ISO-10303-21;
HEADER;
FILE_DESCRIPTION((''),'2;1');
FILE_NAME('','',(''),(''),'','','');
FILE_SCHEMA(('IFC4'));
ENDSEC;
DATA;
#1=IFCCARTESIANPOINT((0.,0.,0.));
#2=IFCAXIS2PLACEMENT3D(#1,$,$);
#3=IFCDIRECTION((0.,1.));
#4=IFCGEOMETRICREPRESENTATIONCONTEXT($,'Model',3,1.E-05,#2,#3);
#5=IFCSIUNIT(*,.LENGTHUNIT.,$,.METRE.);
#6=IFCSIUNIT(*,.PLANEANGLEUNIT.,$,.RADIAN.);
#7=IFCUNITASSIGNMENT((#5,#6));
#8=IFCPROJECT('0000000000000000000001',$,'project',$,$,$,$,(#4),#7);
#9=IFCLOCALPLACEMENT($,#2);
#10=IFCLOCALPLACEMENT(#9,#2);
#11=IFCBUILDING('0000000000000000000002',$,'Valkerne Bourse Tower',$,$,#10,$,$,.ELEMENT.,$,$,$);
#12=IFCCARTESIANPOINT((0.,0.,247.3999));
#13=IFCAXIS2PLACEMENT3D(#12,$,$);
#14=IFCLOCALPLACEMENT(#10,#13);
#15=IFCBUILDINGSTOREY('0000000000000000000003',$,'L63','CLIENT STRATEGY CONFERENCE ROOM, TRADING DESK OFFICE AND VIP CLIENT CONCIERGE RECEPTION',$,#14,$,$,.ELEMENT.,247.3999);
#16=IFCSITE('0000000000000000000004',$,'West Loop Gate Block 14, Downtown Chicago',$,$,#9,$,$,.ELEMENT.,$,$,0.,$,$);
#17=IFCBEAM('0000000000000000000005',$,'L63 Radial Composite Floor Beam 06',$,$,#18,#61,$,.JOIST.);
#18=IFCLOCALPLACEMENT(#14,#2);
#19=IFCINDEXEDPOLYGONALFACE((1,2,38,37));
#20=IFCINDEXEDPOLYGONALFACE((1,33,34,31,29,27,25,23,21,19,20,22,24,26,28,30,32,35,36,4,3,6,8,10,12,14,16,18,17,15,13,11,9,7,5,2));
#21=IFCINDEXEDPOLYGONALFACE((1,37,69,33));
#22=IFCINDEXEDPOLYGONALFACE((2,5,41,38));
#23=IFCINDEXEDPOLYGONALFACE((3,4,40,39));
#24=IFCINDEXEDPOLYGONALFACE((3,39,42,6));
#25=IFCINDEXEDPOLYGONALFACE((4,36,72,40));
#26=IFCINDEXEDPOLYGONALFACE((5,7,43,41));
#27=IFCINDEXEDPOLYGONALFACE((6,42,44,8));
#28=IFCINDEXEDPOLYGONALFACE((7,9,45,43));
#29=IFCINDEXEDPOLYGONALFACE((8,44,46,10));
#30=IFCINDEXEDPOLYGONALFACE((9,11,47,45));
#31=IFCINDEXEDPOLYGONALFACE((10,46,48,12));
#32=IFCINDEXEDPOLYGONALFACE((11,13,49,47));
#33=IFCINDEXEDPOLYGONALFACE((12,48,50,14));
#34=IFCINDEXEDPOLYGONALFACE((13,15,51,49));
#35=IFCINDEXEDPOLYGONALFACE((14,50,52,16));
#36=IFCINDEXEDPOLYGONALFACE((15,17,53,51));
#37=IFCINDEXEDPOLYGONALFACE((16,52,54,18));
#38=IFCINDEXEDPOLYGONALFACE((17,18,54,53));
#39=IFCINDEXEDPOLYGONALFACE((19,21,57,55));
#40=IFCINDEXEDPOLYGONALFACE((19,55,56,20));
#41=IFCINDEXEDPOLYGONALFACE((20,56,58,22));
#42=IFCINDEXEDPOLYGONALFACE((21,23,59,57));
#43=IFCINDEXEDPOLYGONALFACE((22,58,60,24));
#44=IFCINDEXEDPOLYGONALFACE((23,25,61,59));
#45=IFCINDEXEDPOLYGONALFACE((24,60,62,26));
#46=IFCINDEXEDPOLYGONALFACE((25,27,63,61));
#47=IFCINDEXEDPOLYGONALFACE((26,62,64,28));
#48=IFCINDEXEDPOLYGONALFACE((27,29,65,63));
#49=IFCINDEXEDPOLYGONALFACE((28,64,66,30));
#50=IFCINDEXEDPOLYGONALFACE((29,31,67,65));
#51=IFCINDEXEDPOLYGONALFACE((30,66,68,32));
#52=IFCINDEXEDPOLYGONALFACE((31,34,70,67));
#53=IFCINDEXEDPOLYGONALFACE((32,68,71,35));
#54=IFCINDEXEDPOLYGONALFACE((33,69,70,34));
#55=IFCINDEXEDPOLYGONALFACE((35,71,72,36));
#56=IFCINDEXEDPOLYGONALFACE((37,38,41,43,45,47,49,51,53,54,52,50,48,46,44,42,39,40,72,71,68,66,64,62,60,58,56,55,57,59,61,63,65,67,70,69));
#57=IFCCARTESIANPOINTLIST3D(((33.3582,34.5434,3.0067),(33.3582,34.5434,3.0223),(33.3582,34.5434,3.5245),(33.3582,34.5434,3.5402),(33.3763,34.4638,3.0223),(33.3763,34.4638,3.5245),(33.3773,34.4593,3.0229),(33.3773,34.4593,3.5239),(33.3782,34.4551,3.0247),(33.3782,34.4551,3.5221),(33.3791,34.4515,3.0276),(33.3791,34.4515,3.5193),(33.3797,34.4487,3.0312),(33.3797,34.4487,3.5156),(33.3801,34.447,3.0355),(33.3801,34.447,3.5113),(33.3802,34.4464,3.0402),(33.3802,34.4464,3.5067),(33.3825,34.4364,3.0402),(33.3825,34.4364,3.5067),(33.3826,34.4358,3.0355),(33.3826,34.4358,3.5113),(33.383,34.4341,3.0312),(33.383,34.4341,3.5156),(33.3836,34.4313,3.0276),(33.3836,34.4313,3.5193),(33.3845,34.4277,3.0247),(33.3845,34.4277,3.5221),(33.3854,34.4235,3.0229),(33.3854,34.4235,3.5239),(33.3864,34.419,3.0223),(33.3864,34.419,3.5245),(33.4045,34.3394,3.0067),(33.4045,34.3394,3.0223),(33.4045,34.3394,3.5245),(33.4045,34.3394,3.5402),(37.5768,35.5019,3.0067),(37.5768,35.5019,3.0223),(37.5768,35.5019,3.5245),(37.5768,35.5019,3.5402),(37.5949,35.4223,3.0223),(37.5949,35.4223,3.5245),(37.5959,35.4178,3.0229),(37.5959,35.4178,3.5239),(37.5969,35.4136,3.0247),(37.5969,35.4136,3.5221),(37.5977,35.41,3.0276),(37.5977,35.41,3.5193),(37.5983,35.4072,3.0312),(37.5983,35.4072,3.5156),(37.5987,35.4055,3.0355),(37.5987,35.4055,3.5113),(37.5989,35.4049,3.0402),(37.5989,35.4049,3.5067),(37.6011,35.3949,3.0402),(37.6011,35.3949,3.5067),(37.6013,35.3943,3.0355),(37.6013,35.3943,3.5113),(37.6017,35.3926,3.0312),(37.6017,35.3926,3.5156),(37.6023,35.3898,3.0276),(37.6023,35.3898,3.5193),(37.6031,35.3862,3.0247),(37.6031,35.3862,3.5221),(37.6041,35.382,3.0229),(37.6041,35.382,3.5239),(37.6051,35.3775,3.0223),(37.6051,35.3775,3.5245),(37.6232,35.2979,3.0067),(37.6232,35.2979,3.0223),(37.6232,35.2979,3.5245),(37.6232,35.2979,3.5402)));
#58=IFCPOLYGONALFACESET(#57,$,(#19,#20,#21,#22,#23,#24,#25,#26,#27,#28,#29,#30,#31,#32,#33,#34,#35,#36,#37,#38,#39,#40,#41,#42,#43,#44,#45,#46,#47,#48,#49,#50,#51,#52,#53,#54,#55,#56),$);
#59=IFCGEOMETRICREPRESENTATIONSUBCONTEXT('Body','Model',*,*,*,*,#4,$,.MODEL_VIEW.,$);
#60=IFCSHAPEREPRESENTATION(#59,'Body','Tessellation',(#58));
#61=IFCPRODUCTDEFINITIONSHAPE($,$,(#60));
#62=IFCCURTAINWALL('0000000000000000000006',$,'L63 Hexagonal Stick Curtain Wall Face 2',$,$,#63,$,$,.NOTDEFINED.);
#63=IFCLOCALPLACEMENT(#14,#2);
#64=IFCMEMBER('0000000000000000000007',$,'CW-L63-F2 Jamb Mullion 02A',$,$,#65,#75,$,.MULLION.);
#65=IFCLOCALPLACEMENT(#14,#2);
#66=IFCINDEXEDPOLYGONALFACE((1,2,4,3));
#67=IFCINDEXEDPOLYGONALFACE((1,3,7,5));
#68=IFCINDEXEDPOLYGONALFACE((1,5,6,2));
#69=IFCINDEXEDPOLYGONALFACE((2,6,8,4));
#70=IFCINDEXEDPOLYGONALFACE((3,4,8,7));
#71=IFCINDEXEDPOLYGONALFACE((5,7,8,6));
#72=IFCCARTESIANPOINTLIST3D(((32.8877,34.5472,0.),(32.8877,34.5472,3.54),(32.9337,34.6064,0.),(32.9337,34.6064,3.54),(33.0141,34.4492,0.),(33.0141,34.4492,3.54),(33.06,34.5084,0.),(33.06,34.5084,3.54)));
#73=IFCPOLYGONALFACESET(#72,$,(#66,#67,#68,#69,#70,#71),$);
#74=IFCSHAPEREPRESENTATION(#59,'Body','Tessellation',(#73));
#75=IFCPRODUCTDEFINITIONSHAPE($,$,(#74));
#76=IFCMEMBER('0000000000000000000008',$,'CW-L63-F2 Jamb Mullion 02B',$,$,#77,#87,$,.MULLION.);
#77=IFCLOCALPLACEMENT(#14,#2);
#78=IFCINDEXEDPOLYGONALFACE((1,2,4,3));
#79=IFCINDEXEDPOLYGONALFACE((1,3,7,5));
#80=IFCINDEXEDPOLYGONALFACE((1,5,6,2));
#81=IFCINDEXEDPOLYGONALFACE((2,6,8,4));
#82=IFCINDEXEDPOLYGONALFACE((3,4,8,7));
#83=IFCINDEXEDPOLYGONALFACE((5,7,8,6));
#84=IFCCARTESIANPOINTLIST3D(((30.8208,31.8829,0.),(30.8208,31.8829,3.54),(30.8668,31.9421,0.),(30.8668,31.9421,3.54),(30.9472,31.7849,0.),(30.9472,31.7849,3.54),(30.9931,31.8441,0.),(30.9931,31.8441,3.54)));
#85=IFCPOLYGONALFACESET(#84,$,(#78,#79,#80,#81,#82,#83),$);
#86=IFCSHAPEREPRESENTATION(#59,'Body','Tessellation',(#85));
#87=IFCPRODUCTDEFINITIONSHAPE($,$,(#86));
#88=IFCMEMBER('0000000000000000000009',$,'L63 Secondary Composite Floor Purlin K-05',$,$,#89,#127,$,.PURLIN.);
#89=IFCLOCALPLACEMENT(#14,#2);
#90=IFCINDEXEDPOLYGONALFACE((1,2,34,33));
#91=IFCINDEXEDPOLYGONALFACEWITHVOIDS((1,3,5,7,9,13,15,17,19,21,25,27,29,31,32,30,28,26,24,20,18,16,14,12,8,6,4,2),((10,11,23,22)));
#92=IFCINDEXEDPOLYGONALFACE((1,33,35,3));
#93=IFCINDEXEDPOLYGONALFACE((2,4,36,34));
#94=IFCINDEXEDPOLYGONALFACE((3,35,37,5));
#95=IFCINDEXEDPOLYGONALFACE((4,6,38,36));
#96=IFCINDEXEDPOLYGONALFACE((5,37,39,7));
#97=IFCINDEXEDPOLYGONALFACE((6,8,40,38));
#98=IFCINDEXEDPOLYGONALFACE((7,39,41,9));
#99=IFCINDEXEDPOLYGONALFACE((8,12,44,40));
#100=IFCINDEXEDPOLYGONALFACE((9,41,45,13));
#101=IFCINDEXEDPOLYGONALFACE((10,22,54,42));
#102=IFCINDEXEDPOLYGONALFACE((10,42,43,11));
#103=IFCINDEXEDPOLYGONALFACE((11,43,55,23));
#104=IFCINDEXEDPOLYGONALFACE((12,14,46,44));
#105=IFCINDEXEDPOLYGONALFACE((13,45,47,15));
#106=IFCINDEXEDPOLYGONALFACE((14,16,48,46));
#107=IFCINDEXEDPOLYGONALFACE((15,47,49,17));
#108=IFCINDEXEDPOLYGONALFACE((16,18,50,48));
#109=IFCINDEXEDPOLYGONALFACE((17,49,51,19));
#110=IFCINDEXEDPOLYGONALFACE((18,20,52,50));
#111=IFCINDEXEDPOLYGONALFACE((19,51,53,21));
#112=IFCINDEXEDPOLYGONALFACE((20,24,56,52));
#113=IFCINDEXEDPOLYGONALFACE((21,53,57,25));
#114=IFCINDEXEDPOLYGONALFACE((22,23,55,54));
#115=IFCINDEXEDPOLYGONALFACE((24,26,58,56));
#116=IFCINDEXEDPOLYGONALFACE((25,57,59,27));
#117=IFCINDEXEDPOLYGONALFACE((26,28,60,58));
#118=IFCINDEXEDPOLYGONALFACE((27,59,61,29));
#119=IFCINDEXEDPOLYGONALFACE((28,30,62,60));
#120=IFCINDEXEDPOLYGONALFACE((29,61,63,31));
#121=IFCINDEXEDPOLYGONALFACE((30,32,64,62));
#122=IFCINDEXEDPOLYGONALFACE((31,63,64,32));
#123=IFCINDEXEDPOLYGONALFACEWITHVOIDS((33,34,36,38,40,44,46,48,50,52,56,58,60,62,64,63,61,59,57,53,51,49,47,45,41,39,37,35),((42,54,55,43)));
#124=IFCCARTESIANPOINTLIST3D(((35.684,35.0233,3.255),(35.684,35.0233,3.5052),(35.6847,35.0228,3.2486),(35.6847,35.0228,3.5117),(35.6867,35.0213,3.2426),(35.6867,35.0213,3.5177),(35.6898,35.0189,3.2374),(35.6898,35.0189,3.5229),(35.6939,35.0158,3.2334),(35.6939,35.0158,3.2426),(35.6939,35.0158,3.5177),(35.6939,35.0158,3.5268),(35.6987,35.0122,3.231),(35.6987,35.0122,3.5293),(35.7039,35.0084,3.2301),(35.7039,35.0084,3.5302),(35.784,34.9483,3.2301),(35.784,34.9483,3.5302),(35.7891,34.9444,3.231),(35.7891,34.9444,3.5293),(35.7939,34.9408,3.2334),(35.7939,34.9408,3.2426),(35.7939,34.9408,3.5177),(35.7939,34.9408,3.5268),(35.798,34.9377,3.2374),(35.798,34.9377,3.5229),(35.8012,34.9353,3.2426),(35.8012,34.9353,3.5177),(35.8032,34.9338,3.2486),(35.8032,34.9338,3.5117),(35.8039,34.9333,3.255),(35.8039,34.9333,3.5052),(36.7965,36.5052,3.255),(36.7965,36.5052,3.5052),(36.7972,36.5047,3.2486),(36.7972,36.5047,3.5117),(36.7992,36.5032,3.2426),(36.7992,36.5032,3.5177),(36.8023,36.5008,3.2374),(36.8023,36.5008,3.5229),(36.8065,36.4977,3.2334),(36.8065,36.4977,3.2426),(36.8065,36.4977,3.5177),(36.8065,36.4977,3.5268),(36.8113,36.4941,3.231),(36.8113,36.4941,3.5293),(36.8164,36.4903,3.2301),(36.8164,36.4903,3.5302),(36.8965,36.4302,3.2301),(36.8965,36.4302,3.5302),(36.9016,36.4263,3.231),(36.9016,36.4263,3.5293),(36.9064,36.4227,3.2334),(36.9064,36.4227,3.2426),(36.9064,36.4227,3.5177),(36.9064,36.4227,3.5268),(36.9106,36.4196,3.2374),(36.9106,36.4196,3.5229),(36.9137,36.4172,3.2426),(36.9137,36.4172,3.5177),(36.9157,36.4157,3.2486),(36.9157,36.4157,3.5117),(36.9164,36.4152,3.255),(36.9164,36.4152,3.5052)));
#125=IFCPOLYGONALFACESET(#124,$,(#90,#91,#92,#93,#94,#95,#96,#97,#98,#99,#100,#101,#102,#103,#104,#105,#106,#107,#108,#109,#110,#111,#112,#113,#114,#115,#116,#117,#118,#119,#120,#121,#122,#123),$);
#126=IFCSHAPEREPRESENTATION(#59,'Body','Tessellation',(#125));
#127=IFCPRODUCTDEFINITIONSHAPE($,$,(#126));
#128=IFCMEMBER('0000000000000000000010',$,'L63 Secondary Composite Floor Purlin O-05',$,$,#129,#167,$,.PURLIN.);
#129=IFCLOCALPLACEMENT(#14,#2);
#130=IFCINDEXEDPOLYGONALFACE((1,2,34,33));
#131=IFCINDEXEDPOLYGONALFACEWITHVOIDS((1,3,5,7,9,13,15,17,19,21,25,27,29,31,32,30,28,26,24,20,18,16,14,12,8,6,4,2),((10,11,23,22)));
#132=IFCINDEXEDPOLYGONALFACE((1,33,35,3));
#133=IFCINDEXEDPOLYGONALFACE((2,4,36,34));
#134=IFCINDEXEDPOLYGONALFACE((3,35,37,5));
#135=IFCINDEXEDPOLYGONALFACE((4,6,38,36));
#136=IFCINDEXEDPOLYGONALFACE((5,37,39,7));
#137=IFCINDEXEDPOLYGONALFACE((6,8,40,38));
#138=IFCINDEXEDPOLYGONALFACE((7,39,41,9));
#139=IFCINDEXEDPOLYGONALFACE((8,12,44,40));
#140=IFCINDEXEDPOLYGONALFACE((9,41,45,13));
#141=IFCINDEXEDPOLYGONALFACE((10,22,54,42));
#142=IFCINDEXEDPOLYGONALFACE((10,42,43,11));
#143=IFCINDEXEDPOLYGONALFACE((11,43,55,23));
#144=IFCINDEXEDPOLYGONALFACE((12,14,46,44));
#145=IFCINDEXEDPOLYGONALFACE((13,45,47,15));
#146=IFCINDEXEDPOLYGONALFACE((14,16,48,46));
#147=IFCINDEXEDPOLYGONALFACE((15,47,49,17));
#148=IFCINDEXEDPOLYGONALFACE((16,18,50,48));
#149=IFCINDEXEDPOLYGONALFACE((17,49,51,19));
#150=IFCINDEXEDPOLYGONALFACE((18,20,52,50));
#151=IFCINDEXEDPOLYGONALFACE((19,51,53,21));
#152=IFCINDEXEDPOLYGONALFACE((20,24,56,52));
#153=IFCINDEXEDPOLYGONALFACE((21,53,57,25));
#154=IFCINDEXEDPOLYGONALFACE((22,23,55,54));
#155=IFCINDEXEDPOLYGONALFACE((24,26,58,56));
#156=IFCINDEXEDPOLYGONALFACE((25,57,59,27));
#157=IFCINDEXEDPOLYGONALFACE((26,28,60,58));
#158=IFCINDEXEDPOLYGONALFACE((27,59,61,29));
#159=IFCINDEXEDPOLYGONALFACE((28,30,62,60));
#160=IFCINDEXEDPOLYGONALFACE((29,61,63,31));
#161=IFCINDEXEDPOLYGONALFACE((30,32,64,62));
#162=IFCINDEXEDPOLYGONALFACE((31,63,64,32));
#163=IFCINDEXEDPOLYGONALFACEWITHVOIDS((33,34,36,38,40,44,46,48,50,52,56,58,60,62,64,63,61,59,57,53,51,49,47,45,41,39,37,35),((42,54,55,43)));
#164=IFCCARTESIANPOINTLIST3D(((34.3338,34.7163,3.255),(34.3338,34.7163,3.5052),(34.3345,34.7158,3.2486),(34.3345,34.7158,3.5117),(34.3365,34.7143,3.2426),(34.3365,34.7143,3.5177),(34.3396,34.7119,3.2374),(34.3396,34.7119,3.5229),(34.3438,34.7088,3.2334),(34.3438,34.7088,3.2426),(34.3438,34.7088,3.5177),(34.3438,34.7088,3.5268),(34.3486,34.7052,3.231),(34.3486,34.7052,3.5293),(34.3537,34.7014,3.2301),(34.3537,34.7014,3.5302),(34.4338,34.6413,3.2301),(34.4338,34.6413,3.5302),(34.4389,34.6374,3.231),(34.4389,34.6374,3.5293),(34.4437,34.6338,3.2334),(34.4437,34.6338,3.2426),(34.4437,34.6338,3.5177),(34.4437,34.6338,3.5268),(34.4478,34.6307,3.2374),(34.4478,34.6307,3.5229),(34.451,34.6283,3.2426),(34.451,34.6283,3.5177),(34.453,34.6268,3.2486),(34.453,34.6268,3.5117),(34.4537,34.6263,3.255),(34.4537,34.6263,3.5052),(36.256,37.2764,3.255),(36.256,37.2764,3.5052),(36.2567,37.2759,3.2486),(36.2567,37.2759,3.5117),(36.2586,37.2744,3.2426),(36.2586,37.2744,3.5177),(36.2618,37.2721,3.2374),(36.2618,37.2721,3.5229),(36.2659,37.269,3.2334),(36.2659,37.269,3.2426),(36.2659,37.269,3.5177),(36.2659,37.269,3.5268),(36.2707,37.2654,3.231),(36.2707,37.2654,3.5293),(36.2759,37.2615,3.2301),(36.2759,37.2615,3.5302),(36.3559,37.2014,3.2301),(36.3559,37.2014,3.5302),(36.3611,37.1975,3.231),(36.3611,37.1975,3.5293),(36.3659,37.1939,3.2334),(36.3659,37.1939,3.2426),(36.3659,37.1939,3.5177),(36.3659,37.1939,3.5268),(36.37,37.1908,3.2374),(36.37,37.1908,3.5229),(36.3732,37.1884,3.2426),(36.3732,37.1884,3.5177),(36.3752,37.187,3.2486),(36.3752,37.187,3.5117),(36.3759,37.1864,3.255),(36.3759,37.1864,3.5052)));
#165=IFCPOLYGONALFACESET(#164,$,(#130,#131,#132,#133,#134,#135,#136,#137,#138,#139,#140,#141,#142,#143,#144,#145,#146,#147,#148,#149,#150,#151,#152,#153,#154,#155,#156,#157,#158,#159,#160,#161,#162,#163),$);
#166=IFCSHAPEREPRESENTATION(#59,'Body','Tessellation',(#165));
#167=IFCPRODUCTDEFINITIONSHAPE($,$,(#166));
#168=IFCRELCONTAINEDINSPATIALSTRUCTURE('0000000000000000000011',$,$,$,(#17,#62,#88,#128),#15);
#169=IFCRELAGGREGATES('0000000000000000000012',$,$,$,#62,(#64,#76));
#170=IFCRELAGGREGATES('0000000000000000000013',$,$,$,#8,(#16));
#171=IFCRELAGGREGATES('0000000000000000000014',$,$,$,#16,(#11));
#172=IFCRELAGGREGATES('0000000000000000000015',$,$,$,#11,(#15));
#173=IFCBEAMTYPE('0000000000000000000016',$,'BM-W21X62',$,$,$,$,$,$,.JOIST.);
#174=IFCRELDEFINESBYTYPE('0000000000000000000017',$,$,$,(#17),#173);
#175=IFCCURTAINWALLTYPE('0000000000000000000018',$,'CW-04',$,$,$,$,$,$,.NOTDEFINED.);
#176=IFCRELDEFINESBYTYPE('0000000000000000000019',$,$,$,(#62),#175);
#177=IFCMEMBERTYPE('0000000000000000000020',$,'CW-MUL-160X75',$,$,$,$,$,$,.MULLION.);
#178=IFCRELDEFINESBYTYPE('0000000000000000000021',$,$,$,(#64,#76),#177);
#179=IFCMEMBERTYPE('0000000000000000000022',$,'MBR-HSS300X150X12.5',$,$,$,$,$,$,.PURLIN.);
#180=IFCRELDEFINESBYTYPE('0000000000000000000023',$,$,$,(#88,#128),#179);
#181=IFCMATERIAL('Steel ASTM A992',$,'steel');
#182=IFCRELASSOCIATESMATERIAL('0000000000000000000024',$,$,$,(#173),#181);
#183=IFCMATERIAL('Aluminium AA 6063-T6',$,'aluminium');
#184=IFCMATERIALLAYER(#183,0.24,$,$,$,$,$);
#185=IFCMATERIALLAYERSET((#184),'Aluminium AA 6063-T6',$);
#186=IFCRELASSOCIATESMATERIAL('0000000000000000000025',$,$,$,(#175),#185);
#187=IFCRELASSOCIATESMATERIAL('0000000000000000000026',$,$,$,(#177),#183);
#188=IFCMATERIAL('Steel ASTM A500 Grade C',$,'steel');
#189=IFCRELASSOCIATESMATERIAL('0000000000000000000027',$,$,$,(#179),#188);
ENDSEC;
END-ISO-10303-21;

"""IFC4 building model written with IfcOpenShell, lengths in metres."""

from ifc_helpers import new_model, si_unit, direction, frame, origin, origin_2d, place, context, subcontext, project, spatial, rectangle, hollow_rectangle, i_section, extrude, material, layer, layer_set, material_profile, profile_set, type_object, element, aggregate, save


model = new_model("IFC4")

# Units and contexts
model_context = context("Model", 3, precision=1e-05, world=origin(), true_north=direction((0.0, 1.0)))
body_context = subcontext(model_context, "Body", "Model", "MODEL_VIEW")
ifc_project = project(units=[si_unit("LENGTHUNIT", "METRE"), si_unit("PLANEANGLEUNIT", "RADIAN")], contexts=[model_context])

# Site, building, storey
site_placement = place(None, origin())
site = spatial("IfcSite", under=ifc_project, at=site_placement, Name="West Loop Gate Block 14, Downtown Chicago", CompositionType="ELEMENT", RefElevation=0.0)
building_placement = place(site_placement, origin())
building = spatial("IfcBuilding", under=site, at=building_placement, Name="Valkerne Bourse Tower", CompositionType="ELEMENT")
storey_placement = place(building_placement, frame((0.0, 0.0, 247.3999)))
storey = spatial("IfcBuildingStorey", under=building, at=storey_placement, Name="L63", Description="CLIENT STRATEGY CONFERENCE ROOM, TRADING DESK OFFICE AND VIP CLIENT CONCIERGE RECEPTION", CompositionType="ELEMENT", Elevation=247.3999)

# Beam
ifc_material_1 = material(Name="Steel ASTM A992", Category="steel")
ifc_material_profile_1 = material_profile(ifc_material_1, i_section(OverallWidth=0.2092, OverallDepth=0.5334, WebThickness=0.0103, FlangeThickness=0.0156, FilletRadius=0.0178, at=origin_2d()), Name="W21X62")
ifc_profile_set_1 = profile_set([ifc_material_profile_1], Name="Steel ASTM A992")
beam_type_1 = type_object("IfcBeamType", Name="BM-W21X62", PredefinedType="JOIST", material=ifc_profile_set_1)
beam_1_placement = place(storey_placement, frame((33.3813, 34.4414, 3.2734), z_axis=(0.975148, 0.221553, 0.0), x_axis=(-0.221553, 0.975148, 0.0)))
element("IfcBeam", 1, at=beam_1_placement, inside=storey, type_object=beam_type_1, Name="L63 Radial Composite Floor Beam 06", PredefinedType="JOIST", context=body_context, shape_type="SweptSolid", body=[
    extrude(i_section(OverallWidth=0.2092, OverallDepth=0.5334, WebThickness=0.0103, FlangeThickness=0.0156, FilletRadius=0.0178, at=origin_2d()), origin(), (0.0, 0.0, 1.0), 4.3262),
])

# Curtain wall, members
ifc_material_2 = material(Name="Aluminium AA 6063-T6", Category="aluminium")
ifc_layer_1 = layer(ifc_material_2, 0.24)
ifc_layer_set_1 = layer_set([ifc_layer_1], Name="Aluminium AA 6063-T6")
curtain_wall_type = type_object("IfcCurtainWallType", Name="CW-04", PredefinedType="NOTDEFINED", material=ifc_layer_set_1)
curtain_wall_placement = place(storey_placement, origin())
curtain_wall = element("IfcCurtainWall", 2, at=curtain_wall_placement, inside=storey, type_object=curtain_wall_type, Name="L63 Hexagonal Stick Curtain Wall Face 2", PredefinedType="NOTDEFINED")
ifc_material_profile_2 = material_profile(ifc_material_2, rectangle(XDim=0.075, YDim=0.1599, at=origin_2d()), Name="CWM-75X160")
ifc_profile_set_2 = profile_set([ifc_material_profile_2], Name="Aluminium AA 6063-T6")
member_type_1 = type_object("IfcMemberType", Name="CW-MUL-160X75", PredefinedType="MULLION", material=ifc_profile_set_2)
member_1_placement = place(storey_placement, frame((32.9739, 34.5278, 0.0), z_axis=(0.0, 0.0, 1.0), x_axis=(-0.612905, -0.790157, 0.0)))
member_1 = element("IfcMember", 3, at=member_1_placement, type_object=member_type_1, Name="CW-L63-F2 Jamb Mullion 02A", PredefinedType="MULLION", context=body_context, shape_type="SweptSolid", body=[
    extrude(rectangle(XDim=0.075, YDim=0.1599, at=origin_2d()), origin(), (0.0, 0.0, 1.0), 3.54),
])
member_2_placement = place(storey_placement, frame((30.907, 31.8635, 0.0), z_axis=(0.0, 0.0, 1.0), x_axis=(-0.612905, -0.790157, 0.0)))
member_2 = element("IfcMember", 4, at=member_2_placement, type_object=member_type_1, Name="CW-L63-F2 Jamb Mullion 02B", PredefinedType="MULLION", context=body_context, shape_type="SweptSolid", body=[
    extrude(rectangle(XDim=0.075, YDim=0.1599, at=origin_2d()), origin(), (0.0, 0.0, 1.0), 3.54),
])

# Members
ifc_material_3 = material(Name="Steel ASTM A500 Grade C", Category="steel")
ifc_material_profile_3 = material_profile(ifc_material_3, hollow_rectangle(XDim=0.1499, YDim=0.3, WallThickness=0.0125, OuterFilletRadius=0.0249, at=origin_2d()), Name="HSS300X150X12.5")
ifc_profile_set_3 = profile_set([ifc_material_profile_3], Name="Steel ASTM A500 Grade C")
member_type_2 = type_object("IfcMemberType", Name="MBR-HSS300X150X12.5", PredefinedType="PURLIN", material=ifc_profile_set_3)
member_3_placement = place(storey_placement, frame((36.8564, 36.4602, 3.3801), z_axis=(-0.600379, -0.799715, 0.0), x_axis=(0.799715, -0.600379, 0.0)))
element("IfcMember", 5, at=member_3_placement, inside=storey, type_object=member_type_2, Name="L63 Secondary Composite Floor Purlin K-05", PredefinedType="PURLIN", context=body_context, shape_type="SweptSolid", body=[
    extrude(hollow_rectangle(XDim=0.1499, YDim=0.3, WallThickness=0.0125, OuterFilletRadius=0.0249, at=origin_2d()), origin(), (0.0, 0.0, 1.0), 1.853),
])
member_4_placement = place(storey_placement, frame((36.3159, 37.2314, 3.3801), z_axis=(-0.600415, -0.799689, 0.0), x_axis=(0.799689, -0.600415, 0.0)))
element("IfcMember", 6, at=member_4_placement, inside=storey, type_object=member_type_2, Name="L63 Secondary Composite Floor Purlin O-05", PredefinedType="PURLIN", context=body_context, shape_type="SweptSolid", body=[
    extrude(hollow_rectangle(XDim=0.1499, YDim=0.3, WallThickness=0.0125, OuterFilletRadius=0.0249, at=origin_2d()), origin(), (0.0, 0.0, 1.0), 3.2014),
])

aggregate(curtain_wall, [member_1, member_2])

save(model, "model.ifc")
